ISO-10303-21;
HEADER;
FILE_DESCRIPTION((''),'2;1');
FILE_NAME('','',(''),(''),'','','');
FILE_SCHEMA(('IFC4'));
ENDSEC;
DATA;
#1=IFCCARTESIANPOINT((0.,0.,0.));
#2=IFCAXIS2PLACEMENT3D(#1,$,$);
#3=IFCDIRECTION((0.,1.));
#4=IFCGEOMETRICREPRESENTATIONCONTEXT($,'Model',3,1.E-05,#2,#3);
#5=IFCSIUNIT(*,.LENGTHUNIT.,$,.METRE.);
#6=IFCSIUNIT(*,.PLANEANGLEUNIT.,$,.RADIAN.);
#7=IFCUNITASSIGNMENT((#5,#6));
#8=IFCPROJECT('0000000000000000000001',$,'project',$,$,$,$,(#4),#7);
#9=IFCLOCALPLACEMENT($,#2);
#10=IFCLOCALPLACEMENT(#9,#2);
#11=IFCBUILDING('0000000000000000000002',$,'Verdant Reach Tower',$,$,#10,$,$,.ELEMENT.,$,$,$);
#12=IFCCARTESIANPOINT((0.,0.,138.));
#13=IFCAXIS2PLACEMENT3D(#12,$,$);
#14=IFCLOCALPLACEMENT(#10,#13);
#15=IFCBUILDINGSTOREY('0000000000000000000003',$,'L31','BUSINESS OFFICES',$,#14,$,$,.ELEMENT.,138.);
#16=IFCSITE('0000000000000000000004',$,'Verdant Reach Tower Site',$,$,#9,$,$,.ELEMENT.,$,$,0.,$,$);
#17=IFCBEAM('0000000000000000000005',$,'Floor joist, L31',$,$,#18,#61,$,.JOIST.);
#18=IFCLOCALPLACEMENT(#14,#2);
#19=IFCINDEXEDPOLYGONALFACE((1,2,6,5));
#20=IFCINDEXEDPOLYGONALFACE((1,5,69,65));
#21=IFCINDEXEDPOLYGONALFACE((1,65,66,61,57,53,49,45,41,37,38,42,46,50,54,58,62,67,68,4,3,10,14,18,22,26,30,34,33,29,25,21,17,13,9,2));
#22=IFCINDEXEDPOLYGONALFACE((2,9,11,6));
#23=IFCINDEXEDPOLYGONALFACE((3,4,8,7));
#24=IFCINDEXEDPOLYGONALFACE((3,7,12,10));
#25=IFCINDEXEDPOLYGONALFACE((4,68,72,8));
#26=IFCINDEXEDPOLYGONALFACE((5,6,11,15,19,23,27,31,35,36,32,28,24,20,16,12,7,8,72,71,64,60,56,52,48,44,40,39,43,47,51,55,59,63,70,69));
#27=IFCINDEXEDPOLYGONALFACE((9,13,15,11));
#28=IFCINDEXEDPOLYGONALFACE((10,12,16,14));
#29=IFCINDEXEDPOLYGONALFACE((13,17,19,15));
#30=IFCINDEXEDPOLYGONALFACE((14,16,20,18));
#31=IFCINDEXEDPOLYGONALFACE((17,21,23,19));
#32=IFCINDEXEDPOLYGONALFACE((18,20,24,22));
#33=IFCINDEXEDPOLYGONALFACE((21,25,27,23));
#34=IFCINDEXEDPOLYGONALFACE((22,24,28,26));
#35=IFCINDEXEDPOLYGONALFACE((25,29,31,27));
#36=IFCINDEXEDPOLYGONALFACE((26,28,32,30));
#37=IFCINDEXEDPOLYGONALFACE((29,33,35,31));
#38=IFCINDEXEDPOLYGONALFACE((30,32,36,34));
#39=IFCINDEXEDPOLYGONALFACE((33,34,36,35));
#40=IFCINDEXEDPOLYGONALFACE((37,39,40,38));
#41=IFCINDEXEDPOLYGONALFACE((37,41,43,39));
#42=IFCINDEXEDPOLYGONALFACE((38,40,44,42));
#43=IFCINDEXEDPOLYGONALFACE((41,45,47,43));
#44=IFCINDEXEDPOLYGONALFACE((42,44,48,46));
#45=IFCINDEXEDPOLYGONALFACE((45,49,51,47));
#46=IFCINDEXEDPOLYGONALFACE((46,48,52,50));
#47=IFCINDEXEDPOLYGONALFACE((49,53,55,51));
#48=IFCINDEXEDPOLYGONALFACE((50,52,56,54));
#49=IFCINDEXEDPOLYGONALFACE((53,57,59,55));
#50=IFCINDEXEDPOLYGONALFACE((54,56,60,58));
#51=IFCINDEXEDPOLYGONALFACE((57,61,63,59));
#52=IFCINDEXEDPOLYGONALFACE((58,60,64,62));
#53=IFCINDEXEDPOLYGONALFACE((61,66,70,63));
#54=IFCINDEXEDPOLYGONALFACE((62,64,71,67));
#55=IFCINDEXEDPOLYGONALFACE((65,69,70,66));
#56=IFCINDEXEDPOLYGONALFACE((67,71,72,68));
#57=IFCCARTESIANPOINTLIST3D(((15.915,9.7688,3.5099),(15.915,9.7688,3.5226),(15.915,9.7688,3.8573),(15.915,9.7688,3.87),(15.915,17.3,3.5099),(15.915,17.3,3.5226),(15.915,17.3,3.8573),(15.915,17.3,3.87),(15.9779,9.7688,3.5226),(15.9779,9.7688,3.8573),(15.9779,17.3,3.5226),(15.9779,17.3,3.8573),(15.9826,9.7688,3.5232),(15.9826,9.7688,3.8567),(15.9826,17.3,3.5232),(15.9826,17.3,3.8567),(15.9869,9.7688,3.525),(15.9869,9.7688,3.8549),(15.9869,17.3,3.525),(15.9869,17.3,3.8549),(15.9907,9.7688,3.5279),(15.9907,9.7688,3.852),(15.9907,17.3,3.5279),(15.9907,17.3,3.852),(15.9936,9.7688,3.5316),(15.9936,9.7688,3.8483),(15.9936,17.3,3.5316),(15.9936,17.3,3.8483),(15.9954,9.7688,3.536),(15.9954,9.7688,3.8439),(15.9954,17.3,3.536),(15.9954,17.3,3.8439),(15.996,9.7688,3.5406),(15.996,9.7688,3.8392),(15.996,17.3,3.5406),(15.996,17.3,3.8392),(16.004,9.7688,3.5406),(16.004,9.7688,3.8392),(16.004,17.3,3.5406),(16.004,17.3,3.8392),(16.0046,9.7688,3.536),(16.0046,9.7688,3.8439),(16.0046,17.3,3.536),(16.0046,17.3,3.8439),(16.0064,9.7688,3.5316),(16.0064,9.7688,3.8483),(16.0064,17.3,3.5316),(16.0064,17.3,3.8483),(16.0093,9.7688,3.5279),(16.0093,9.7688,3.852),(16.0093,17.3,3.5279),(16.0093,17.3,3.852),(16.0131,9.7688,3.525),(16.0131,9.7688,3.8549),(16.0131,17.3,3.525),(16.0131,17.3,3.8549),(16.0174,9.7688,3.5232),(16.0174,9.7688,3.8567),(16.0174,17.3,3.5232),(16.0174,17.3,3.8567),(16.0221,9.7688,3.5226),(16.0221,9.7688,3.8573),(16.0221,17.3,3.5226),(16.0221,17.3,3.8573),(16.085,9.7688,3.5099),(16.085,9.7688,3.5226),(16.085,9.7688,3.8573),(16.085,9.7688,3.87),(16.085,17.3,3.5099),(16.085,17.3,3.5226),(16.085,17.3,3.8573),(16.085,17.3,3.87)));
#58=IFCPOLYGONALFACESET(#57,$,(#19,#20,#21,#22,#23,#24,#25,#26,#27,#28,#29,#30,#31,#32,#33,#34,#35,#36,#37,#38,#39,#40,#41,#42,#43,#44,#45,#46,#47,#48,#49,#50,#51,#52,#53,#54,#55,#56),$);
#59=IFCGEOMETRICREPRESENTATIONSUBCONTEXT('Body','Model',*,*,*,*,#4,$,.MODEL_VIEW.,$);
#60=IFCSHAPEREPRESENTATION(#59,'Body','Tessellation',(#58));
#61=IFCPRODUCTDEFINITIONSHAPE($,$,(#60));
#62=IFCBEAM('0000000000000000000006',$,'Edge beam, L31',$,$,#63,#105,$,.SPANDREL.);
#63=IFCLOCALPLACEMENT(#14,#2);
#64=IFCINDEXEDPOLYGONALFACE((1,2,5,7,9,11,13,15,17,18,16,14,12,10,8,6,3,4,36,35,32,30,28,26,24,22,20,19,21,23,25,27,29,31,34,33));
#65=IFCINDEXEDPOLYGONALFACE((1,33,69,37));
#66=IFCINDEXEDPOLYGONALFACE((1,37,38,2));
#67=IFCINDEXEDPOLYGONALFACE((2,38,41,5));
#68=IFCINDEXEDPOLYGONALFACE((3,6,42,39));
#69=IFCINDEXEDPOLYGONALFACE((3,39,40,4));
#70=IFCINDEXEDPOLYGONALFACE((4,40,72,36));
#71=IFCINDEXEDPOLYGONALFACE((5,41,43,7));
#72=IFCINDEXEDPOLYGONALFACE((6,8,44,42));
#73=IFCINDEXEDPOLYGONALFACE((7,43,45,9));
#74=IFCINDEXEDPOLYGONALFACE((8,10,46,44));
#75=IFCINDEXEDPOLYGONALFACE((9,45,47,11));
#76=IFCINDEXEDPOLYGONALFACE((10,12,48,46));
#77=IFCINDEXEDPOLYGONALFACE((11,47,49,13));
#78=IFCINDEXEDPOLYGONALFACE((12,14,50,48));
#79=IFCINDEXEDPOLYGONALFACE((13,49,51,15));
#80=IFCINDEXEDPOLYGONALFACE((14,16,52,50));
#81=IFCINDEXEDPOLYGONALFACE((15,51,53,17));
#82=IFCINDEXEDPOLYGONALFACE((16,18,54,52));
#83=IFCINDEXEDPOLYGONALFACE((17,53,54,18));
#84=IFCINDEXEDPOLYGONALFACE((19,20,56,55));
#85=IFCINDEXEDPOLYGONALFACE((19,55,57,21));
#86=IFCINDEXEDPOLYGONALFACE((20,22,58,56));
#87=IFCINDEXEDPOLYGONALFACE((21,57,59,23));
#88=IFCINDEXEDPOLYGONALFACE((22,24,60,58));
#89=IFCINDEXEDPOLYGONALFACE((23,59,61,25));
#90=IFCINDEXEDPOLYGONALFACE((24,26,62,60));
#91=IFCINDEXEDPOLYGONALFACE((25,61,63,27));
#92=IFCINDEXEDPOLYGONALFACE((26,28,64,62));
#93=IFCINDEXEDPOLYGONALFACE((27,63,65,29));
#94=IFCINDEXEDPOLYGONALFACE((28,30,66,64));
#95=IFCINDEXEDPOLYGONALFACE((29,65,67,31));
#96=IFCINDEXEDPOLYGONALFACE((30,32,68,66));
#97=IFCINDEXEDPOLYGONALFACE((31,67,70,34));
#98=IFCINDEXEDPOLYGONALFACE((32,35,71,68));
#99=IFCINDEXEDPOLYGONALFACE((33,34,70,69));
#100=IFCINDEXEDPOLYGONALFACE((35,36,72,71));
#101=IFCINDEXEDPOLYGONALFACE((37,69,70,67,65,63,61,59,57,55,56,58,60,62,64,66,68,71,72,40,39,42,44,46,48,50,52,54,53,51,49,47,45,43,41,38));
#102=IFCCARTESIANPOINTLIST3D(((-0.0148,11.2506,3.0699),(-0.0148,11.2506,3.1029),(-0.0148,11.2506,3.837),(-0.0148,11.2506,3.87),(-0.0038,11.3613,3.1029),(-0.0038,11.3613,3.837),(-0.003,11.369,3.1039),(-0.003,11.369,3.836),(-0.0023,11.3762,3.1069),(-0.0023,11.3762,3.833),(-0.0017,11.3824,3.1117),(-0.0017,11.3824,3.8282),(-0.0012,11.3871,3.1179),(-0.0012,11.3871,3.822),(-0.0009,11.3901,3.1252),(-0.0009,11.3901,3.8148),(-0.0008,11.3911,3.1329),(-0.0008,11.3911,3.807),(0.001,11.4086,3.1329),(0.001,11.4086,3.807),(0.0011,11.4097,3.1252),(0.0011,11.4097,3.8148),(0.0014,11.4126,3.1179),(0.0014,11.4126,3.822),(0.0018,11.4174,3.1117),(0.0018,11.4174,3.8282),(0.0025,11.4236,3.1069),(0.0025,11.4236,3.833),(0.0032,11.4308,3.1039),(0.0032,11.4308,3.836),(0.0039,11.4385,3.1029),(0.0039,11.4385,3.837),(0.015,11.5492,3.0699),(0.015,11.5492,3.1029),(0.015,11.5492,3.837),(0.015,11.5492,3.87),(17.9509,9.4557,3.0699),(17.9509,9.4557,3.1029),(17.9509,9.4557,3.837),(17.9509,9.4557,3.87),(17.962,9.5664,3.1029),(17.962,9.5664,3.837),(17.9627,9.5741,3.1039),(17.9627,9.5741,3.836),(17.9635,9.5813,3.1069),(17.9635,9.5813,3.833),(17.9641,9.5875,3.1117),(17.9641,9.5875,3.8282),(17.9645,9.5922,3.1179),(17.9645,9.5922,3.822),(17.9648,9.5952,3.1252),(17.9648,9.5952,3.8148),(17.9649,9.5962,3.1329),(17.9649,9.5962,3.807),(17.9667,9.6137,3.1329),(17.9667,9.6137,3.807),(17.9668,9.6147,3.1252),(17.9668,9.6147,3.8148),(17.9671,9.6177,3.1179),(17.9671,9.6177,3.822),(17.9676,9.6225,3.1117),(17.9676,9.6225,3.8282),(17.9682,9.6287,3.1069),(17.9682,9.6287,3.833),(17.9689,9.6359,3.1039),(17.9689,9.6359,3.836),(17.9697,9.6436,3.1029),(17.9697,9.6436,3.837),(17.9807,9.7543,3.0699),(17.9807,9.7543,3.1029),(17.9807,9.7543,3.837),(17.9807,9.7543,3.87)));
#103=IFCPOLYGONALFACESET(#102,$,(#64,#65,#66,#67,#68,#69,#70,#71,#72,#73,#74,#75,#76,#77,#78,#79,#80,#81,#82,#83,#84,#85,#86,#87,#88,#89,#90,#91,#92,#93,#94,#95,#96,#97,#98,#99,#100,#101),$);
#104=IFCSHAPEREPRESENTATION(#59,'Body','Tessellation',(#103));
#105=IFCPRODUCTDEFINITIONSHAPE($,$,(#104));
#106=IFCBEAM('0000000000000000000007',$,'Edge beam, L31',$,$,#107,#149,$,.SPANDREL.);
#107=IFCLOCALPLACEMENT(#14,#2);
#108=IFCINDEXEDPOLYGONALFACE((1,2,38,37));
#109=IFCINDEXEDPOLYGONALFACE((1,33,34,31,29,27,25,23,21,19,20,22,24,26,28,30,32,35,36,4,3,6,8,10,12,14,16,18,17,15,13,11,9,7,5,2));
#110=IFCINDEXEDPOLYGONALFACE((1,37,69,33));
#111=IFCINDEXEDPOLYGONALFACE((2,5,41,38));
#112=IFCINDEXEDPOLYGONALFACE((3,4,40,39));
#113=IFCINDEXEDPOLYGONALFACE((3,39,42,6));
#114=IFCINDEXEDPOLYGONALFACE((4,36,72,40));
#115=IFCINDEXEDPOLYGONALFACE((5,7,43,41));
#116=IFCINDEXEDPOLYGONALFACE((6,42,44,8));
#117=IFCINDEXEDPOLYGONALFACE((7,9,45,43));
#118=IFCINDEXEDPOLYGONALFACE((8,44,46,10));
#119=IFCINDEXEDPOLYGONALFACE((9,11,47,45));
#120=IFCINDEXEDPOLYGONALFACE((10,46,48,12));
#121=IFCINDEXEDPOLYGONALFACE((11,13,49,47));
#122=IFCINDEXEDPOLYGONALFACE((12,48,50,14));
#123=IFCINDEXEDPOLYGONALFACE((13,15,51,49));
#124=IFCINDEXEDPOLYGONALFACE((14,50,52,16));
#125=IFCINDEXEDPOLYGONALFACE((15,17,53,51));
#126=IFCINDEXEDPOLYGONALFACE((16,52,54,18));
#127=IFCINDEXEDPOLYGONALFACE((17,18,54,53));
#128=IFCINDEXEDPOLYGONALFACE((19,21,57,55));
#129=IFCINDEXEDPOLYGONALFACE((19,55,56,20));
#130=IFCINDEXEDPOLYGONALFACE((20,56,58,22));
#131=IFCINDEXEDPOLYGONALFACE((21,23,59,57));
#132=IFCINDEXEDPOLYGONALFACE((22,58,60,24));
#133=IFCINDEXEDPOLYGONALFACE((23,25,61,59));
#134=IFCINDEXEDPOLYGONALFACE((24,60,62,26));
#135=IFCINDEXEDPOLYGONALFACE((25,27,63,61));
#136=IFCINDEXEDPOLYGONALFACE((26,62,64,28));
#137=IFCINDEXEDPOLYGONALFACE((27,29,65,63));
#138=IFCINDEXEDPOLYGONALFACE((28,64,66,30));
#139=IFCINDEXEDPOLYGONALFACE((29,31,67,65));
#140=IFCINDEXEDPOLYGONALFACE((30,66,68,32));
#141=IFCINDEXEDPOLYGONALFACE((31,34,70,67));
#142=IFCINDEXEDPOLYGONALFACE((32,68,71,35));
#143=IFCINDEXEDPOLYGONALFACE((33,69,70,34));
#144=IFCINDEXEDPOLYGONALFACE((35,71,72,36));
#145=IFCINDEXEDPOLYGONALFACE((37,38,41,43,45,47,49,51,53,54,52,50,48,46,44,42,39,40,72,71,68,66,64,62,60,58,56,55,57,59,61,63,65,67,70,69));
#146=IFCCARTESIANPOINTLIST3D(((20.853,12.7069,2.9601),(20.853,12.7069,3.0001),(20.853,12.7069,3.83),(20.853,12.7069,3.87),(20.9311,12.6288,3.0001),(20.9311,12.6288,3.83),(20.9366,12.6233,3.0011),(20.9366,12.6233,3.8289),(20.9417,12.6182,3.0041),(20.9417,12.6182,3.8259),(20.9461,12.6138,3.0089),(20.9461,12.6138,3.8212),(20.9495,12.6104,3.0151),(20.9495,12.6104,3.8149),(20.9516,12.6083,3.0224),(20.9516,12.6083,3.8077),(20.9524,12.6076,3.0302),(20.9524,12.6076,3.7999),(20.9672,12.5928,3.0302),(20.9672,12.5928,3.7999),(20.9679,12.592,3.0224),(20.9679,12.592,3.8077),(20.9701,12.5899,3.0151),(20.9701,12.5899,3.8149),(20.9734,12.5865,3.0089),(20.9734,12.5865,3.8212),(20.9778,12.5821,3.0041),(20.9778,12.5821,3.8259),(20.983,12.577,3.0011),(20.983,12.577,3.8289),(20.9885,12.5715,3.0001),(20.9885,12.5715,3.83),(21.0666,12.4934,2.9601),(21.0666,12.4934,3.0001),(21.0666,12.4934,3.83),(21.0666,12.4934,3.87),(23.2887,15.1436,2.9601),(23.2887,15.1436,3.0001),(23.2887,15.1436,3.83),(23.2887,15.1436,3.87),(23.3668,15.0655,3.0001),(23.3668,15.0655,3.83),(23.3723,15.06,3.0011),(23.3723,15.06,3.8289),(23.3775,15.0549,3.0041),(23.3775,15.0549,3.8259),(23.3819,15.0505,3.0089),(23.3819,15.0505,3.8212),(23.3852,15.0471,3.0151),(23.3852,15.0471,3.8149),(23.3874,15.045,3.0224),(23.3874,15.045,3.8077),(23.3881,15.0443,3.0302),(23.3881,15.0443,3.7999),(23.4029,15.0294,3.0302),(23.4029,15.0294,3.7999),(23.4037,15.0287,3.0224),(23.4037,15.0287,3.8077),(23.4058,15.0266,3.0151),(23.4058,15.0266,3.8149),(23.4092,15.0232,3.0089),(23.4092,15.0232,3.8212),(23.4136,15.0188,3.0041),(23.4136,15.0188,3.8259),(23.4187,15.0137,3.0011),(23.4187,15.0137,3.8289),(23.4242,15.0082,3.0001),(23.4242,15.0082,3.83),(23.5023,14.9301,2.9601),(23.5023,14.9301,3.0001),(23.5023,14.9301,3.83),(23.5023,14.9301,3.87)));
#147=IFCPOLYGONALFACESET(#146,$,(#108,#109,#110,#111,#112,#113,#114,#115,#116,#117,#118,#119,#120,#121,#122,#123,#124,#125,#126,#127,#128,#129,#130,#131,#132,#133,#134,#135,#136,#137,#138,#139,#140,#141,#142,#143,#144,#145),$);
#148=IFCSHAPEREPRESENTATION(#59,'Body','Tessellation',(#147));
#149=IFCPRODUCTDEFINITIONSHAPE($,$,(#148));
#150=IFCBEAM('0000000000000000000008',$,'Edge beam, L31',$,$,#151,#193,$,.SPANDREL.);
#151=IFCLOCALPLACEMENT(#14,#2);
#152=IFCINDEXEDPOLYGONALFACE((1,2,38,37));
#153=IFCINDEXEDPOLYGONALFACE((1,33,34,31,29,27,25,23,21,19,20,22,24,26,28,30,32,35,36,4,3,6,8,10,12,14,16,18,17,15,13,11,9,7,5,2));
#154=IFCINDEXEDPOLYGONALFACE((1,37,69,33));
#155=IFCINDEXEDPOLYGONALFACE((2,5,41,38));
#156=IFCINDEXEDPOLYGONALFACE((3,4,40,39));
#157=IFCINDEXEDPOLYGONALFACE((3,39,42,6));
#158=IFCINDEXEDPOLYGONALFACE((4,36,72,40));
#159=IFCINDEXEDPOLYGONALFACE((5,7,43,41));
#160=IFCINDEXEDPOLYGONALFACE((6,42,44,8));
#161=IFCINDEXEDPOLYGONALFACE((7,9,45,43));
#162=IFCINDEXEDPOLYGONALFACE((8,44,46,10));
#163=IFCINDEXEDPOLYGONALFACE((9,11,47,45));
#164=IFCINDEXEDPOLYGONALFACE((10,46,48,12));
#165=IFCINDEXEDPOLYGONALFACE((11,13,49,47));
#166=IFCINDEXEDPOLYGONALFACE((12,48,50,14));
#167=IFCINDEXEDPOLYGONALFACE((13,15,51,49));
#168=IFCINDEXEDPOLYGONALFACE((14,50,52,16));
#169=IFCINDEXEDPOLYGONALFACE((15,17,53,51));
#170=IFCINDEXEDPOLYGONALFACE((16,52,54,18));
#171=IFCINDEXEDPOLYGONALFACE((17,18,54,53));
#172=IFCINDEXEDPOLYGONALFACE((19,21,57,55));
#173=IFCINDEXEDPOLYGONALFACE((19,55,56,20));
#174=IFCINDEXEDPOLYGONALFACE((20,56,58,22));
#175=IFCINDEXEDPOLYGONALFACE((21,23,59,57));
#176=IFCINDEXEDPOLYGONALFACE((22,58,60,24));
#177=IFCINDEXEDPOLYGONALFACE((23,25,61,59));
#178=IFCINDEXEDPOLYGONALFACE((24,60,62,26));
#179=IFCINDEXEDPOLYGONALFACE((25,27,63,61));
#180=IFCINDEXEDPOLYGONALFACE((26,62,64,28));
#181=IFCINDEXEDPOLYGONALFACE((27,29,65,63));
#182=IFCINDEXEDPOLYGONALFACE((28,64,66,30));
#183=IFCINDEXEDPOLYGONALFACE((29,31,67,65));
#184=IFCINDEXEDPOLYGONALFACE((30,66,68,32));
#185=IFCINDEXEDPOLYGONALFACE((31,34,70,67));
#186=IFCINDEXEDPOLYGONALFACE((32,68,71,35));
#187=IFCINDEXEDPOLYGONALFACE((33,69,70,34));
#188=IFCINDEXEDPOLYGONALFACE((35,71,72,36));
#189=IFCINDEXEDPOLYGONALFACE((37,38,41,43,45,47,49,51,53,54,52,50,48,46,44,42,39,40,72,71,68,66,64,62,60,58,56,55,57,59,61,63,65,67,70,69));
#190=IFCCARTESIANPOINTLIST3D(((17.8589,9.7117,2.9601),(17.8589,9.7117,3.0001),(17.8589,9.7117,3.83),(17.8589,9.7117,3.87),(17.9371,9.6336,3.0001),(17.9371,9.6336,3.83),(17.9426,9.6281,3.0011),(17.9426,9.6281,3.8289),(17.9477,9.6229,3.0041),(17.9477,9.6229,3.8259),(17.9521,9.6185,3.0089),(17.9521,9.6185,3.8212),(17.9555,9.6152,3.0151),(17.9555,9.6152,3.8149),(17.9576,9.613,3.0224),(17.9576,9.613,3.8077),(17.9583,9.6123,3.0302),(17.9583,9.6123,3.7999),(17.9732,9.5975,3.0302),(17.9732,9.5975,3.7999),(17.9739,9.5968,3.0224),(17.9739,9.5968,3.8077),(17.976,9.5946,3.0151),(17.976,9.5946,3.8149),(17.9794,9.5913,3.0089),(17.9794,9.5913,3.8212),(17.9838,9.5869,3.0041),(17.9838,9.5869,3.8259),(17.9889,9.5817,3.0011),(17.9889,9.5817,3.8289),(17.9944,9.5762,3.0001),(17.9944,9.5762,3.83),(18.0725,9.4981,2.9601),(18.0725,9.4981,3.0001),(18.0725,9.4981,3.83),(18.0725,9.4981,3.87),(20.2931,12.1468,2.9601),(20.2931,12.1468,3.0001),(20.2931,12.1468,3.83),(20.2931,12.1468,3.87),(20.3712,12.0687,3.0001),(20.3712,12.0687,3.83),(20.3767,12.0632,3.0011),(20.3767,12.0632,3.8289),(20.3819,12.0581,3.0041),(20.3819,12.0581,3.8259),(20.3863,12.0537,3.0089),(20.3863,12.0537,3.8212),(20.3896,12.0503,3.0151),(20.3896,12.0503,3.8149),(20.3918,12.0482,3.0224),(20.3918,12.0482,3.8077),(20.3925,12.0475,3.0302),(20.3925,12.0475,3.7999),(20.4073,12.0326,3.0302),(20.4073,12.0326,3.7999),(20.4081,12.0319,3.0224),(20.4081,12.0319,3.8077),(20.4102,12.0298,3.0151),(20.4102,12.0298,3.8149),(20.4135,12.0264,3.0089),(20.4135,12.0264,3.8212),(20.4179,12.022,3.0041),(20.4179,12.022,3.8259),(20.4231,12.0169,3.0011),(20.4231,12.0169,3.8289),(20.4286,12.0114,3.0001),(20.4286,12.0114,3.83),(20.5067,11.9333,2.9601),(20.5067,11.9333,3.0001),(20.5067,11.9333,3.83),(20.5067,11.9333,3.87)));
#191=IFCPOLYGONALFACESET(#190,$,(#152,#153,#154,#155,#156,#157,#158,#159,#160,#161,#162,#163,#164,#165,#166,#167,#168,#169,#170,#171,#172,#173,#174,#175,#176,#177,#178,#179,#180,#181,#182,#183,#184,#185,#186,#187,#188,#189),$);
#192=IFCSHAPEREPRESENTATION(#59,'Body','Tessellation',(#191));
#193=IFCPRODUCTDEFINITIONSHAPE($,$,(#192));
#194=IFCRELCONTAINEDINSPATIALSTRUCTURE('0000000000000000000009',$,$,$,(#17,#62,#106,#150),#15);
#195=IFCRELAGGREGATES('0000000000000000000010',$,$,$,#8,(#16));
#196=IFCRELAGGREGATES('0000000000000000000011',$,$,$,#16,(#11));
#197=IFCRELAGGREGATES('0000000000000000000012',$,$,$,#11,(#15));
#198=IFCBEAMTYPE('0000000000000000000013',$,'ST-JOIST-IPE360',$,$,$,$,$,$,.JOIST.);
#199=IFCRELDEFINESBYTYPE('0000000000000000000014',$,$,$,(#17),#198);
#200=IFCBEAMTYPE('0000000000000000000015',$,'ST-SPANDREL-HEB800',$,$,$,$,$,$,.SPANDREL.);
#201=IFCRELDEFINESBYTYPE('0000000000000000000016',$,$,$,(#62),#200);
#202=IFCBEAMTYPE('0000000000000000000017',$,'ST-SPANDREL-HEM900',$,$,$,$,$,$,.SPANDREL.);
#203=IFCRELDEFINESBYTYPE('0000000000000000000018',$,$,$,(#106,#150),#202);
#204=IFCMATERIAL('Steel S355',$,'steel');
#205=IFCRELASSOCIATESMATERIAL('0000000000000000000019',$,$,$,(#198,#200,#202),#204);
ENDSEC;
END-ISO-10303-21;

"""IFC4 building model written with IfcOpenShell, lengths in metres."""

from ifc_helpers import new_model, si_unit, direction, frame, origin, origin_2d, place, context, subcontext, project, spatial, i_section, extrude, material, material_profile, profile_set, type_object, element, save


model = new_model("IFC4")

# Units and contexts
model_context = context("Model", 3, precision=1e-05, world=origin(), true_north=direction((0.0, 1.0)))
body_context = subcontext(model_context, "Body", "Model", "MODEL_VIEW")
ifc_project = project(units=[si_unit("LENGTHUNIT", "METRE"), si_unit("PLANEANGLEUNIT", "RADIAN")], contexts=[model_context])

# Site, building, storey
site_placement = place(None, origin())
site = spatial("IfcSite", under=ifc_project, at=site_placement, Name="Verdant Reach Tower Site", CompositionType="ELEMENT", RefElevation=0.0)
building_placement = place(site_placement, origin())
building = spatial("IfcBuilding", under=site, at=building_placement, Name="Verdant Reach Tower", CompositionType="ELEMENT")
storey_placement = place(building_placement, frame((0.0, 0.0, 138.0)))
storey = spatial("IfcBuildingStorey", under=building, at=storey_placement, Name="L31", Description="BUSINESS OFFICES", CompositionType="ELEMENT", Elevation=138.0)

# Beams
ifc_material_1 = material(Name="Steel S355", Category="steel")
ifc_material_profile_1 = material_profile(ifc_material_1, i_section(OverallWidth=0.1699, OverallDepth=0.3601, WebThickness=0.0081, FlangeThickness=0.0127, FilletRadius=0.0181, at=origin_2d()), Name="IPE 360")
ifc_profile_set_1 = profile_set([ifc_material_profile_1], Name="Steel S355")
beam_type_1 = type_object("IfcBeamType", Name="ST-JOIST-IPE360", PredefinedType="JOIST", material=ifc_profile_set_1)
beam_1_placement = place(storey_placement, frame((16.0, 17.3, 3.6899), z_axis=(0.0, -1.0, 0.0), x_axis=(1.0, 0.0, 0.0)))
element("IfcBeam", 1, at=beam_1_placement, inside=storey, type_object=beam_type_1, Name="Floor joist, L31", PredefinedType="JOIST", context=body_context, shape_type="SweptSolid", body=[
    extrude(i_section(OverallWidth=0.1699, OverallDepth=0.3601, WebThickness=0.0081, FlangeThickness=0.0127, FilletRadius=0.0181, at=origin_2d()), origin(), (0.0, 0.0, 1.0), 7.5312),
])
ifc_material_profile_2 = material_profile(ifc_material_1, i_section(OverallWidth=0.3, OverallDepth=0.8, WebThickness=0.0176, FlangeThickness=0.033, FilletRadius=0.03, at=origin_2d()), Name="HEB 800")
ifc_profile_set_2 = profile_set([ifc_material_profile_2], Name="Steel S355")
beam_type_2 = type_object("IfcBeamType", Name="ST-SPANDREL-HEB800", PredefinedType="SPANDREL", material=ifc_profile_set_2)
beam_2_placement = place(storey_placement, frame((17.9658, 9.605, 3.47), z_axis=(-0.995046, 0.099413, 0.0), x_axis=(-0.099413, -0.995046, 0.0)))
element("IfcBeam", 2, at=beam_2_placement, inside=storey, type_object=beam_type_2, Name="Edge beam, L31", PredefinedType="SPANDREL", context=body_context, shape_type="SweptSolid", body=[
    extrude(i_section(OverallWidth=0.3, OverallDepth=0.8, WebThickness=0.0176, FlangeThickness=0.033, FilletRadius=0.03, at=origin_2d()), origin(), (0.0, 0.0, 1.0), 18.0552),
])
ifc_material_profile_3 = material_profile(ifc_material_1, i_section(OverallWidth=0.302, OverallDepth=0.9099, WebThickness=0.021, FlangeThickness=0.04, FilletRadius=0.03, at=origin_2d()), Name="HEM 900")
ifc_profile_set_3 = profile_set([ifc_material_profile_3], Name="Steel S355")
beam_type_3 = type_object("IfcBeamType", Name="ST-SPANDREL-HEM900", PredefinedType="SPANDREL", material=ifc_profile_set_3)
beam_3_placement = place(storey_placement, frame((23.3955, 15.0369, 3.415), z_axis=(-0.706965, -0.707248, 0.0), x_axis=(0.707248, -0.706965, 0.0)))
element("IfcBeam", 3, at=beam_3_placement, inside=storey, type_object=beam_type_3, Name="Edge beam, L31", PredefinedType="SPANDREL", context=body_context, shape_type="SweptSolid", body=[
    extrude(i_section(OverallWidth=0.302, OverallDepth=0.9099, WebThickness=0.021, FlangeThickness=0.04, FilletRadius=0.03, at=origin_2d()), origin(), (0.0, 0.0, 1.0), 3.4453),
])
beam_4_placement = place(storey_placement, frame((20.3999, 12.04, 3.415), z_axis=(-0.706965, -0.707249, 0.0), x_axis=(0.707249, -0.706965, 0.0)))
element("IfcBeam", 4, at=beam_4_placement, inside=storey, type_object=beam_type_3, Name="Edge beam, L31", PredefinedType="SPANDREL", context=body_context, shape_type="SweptSolid", body=[
    extrude(i_section(OverallWidth=0.302, OverallDepth=0.9099, WebThickness=0.021, FlangeThickness=0.04, FilletRadius=0.03, at=origin_2d()), origin(), (0.0, 0.0, 1.0), 3.4431),
])

save(model, "model.ifc")
